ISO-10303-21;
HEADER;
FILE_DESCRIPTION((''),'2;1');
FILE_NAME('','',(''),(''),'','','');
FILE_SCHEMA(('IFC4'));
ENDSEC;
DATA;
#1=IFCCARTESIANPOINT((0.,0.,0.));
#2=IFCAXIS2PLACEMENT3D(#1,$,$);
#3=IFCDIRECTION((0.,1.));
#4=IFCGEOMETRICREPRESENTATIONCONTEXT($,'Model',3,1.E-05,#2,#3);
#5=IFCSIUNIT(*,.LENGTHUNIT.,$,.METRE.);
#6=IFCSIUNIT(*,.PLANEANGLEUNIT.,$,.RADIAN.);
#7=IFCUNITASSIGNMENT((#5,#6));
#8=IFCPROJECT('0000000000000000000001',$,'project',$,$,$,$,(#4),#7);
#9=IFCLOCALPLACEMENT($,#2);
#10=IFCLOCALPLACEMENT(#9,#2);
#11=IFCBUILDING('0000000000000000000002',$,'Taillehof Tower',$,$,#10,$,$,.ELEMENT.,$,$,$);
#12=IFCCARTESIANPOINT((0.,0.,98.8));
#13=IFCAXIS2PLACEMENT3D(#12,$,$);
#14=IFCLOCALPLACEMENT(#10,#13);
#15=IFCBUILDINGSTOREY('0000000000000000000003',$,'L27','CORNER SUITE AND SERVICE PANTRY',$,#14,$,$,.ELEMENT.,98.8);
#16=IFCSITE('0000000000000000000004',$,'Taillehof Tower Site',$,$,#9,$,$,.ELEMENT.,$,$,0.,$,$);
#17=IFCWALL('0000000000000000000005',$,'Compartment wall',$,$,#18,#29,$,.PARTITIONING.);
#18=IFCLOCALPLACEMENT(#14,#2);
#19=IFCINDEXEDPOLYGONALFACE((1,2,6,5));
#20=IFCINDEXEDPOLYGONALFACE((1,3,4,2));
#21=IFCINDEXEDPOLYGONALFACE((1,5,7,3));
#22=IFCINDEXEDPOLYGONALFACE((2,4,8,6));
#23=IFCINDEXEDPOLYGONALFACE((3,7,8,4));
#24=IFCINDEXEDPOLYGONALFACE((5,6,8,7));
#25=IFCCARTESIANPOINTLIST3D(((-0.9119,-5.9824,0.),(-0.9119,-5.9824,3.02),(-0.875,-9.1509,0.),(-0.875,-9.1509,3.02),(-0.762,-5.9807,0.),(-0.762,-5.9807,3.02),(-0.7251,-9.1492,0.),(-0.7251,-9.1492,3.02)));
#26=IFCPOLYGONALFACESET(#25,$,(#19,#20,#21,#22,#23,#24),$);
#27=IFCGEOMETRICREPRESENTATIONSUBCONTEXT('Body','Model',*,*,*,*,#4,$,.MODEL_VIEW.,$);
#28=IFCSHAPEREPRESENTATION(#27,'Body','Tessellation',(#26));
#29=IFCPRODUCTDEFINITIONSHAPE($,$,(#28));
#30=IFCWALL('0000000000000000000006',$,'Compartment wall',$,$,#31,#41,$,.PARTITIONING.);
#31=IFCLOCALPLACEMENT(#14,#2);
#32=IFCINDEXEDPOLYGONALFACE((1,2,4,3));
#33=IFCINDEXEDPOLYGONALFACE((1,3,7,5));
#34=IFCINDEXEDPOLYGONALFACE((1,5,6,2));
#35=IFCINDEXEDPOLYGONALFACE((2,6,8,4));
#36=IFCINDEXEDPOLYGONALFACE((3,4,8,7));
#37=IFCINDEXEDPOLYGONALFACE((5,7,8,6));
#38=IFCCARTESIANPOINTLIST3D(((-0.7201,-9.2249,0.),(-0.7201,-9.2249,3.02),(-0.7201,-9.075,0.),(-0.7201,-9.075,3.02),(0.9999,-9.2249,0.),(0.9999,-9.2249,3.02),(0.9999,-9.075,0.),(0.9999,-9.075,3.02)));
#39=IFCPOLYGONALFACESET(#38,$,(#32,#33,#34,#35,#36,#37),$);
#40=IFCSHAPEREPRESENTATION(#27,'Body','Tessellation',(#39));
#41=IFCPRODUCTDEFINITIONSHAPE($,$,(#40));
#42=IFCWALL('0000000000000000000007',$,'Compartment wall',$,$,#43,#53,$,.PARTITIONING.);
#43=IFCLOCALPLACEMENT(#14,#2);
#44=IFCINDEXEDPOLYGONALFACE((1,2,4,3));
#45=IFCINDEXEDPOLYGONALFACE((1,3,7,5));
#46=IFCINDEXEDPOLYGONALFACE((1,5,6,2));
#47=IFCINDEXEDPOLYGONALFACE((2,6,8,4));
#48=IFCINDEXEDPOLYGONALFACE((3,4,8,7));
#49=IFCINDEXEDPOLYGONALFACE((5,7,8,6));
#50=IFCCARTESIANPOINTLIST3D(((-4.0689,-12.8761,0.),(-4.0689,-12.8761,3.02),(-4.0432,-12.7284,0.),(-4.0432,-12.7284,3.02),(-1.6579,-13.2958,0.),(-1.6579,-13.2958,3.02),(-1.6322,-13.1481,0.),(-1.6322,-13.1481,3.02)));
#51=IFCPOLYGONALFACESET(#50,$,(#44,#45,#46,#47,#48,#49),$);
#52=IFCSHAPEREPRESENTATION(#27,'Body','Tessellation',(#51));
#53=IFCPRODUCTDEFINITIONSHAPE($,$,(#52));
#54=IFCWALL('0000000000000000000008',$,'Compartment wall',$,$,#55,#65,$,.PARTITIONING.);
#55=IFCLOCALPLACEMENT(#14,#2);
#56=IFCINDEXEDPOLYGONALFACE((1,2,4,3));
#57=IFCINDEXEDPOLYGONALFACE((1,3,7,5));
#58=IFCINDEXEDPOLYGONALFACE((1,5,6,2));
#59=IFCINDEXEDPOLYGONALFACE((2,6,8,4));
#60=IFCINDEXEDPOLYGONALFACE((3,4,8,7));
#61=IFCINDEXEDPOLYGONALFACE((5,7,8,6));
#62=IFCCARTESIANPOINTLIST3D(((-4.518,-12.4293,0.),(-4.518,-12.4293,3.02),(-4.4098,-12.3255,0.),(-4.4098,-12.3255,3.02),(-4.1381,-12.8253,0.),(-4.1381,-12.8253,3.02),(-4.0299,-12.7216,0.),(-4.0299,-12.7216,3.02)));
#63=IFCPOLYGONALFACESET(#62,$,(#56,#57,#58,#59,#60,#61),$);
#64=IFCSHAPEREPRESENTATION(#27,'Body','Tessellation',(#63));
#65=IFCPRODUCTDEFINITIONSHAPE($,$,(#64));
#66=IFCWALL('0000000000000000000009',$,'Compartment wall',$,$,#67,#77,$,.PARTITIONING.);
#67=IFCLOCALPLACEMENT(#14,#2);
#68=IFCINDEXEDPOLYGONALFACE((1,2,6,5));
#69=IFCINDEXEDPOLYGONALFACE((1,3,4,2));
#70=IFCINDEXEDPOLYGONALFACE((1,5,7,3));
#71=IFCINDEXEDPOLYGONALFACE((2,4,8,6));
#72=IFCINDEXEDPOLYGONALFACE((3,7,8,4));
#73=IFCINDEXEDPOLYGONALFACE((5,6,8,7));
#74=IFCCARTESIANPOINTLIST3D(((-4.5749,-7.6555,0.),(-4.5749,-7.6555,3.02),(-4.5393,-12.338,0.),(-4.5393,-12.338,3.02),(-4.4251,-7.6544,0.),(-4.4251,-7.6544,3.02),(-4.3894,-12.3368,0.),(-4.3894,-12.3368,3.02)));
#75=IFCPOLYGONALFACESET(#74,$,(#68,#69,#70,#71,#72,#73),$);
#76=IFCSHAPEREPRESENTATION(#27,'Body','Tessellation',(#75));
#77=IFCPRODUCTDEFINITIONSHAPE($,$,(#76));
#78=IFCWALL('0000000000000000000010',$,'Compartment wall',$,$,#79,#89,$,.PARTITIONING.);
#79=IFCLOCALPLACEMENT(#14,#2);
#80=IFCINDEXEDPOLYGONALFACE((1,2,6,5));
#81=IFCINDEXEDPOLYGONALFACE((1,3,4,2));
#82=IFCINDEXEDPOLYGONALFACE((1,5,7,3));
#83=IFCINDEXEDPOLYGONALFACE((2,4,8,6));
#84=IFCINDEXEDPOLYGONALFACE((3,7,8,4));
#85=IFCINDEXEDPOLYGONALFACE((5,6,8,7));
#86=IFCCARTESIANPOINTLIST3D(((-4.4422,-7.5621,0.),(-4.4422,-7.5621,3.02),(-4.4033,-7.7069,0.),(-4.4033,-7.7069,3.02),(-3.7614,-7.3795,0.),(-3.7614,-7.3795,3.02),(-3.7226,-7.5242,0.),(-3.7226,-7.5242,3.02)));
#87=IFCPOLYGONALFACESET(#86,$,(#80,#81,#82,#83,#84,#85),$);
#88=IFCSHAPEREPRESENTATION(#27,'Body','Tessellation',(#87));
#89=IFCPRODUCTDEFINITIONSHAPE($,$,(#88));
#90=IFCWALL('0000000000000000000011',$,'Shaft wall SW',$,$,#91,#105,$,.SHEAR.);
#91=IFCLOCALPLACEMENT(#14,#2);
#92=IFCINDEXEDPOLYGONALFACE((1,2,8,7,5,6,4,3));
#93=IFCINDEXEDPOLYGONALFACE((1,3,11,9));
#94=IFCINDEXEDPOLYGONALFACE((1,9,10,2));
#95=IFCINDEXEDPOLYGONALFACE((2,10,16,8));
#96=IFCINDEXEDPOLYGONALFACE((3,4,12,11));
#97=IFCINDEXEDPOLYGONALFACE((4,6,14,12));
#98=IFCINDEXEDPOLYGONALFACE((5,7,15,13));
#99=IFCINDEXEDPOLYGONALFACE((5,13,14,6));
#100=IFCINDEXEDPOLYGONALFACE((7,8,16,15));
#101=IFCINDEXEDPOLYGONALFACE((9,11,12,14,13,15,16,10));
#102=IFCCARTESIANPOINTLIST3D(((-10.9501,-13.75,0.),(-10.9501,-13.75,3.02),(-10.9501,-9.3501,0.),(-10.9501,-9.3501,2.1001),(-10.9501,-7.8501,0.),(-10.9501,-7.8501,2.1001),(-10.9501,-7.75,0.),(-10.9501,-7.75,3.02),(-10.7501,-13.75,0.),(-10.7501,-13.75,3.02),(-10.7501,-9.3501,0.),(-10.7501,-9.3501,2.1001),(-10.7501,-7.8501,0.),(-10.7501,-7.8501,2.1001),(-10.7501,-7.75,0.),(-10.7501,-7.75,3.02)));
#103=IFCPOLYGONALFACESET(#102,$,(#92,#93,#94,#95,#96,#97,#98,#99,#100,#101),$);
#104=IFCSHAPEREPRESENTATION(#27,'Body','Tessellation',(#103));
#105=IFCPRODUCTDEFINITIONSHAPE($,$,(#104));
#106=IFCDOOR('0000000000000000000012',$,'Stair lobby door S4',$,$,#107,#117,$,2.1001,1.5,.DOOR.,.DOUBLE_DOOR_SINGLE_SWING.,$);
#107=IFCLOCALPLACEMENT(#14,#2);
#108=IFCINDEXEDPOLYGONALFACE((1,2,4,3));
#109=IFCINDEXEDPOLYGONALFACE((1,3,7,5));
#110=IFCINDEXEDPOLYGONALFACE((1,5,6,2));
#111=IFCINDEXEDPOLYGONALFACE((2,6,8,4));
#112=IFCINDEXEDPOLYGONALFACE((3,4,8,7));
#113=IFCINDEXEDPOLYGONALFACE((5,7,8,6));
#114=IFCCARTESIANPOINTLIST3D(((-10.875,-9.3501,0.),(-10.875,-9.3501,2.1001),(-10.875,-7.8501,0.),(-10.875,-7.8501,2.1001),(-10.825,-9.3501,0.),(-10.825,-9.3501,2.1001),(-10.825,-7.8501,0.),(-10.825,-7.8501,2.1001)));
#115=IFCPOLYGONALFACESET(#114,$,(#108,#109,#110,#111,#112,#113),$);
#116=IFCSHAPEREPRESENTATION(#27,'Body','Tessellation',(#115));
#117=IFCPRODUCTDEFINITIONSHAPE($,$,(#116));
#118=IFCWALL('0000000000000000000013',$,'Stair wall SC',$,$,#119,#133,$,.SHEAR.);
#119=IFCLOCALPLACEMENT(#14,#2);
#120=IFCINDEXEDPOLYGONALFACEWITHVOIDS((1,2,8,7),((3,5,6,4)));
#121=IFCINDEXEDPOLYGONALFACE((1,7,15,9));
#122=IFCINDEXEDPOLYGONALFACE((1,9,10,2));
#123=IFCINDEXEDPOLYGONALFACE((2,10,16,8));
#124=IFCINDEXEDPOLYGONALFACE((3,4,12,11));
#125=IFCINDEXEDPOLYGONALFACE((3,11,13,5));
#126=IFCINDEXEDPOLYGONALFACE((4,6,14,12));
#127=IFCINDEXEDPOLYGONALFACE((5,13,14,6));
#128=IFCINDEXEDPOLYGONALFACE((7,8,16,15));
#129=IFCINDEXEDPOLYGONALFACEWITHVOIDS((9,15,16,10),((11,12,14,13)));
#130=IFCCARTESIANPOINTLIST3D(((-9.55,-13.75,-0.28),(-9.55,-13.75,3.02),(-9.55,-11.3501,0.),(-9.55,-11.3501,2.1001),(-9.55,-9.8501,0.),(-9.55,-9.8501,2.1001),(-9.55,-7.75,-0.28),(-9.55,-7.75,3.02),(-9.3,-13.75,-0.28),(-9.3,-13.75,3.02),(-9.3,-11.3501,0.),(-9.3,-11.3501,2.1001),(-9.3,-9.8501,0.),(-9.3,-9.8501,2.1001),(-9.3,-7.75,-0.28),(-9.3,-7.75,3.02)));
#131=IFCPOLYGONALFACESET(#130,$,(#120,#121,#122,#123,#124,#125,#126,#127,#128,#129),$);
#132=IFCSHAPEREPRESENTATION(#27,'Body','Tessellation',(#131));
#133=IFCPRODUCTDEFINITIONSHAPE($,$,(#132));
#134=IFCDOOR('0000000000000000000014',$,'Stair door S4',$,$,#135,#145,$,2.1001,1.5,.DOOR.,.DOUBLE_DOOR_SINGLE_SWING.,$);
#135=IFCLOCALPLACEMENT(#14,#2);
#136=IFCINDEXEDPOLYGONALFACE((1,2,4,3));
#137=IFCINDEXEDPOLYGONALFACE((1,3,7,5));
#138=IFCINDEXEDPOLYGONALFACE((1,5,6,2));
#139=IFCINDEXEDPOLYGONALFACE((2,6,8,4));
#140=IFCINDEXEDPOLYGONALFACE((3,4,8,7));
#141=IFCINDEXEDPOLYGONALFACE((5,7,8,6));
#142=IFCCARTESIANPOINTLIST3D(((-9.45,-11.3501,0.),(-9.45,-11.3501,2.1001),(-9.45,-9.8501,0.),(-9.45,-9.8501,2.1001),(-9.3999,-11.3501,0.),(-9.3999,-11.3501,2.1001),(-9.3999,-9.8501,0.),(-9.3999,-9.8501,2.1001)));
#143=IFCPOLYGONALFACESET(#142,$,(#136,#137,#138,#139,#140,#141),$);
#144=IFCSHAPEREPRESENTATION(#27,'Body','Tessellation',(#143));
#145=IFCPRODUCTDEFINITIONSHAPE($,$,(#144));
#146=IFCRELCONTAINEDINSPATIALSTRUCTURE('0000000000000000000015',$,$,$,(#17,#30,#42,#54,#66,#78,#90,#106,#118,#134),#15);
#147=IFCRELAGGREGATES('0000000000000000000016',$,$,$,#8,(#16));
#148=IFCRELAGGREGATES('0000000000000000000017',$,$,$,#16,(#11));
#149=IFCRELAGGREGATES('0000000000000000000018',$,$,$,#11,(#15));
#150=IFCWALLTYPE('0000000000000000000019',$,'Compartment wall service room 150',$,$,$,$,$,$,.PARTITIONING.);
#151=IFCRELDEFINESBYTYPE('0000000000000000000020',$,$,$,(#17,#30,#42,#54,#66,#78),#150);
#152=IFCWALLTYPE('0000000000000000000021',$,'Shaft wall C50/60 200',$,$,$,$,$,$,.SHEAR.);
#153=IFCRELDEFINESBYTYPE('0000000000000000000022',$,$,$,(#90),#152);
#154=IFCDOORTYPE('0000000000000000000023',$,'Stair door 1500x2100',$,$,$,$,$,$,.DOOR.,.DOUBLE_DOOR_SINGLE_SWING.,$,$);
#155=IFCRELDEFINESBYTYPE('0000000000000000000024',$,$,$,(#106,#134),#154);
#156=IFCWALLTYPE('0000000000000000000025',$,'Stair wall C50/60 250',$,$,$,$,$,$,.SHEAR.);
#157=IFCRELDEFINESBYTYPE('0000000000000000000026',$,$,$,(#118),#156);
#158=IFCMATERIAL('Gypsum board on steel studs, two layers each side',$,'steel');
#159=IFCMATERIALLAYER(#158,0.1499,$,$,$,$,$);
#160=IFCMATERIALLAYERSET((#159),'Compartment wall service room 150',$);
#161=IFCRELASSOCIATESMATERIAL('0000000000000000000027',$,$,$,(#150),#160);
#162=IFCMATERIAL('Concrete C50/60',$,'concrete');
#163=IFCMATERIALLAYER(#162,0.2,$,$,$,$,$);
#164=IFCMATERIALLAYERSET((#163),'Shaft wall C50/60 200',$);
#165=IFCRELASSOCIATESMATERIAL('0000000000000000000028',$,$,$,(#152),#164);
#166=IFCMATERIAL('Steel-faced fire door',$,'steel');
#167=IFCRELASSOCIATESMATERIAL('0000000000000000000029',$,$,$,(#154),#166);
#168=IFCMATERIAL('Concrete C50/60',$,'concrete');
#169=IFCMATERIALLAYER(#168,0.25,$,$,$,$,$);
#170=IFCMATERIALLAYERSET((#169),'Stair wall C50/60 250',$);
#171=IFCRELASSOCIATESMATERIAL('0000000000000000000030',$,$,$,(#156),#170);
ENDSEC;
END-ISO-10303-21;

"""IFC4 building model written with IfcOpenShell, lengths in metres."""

from ifc_helpers import new_model, si_unit, direction, frame, frame_2d, origin, place, context, subcontext, project, spatial, rectangle, extrude, material, layer, layer_set, type_object, element, fill, save


model = new_model("IFC4")

# Units and contexts
model_context = context("Model", 3, precision=1e-05, world=origin(), true_north=direction((0.0, 1.0)))
body_context = subcontext(model_context, "Body", "Model", "MODEL_VIEW")
ifc_project = project(units=[si_unit("LENGTHUNIT", "METRE"), si_unit("PLANEANGLEUNIT", "RADIAN")], contexts=[model_context])

# Site, building, storey
site_placement = place(None, origin())
site = spatial("IfcSite", under=ifc_project, at=site_placement, Name="Taillehof Tower Site", CompositionType="ELEMENT", RefElevation=0.0)
building_placement = place(site_placement, origin())
building = spatial("IfcBuilding", under=site, at=building_placement, Name="Taillehof Tower", CompositionType="ELEMENT")
storey_placement = place(building_placement, frame((0.0, 0.0, 98.8)))
storey = spatial("IfcBuildingStorey", under=building, at=storey_placement, Name="L27", Description="CORNER SUITE AND SERVICE PANTRY", CompositionType="ELEMENT", Elevation=98.8)

# Shared definitions
ifc_material_1 = material(Name="Gypsum board on steel studs, two layers each side", Category="steel")
ifc_layer_1 = layer(ifc_material_1, 0.1499)
ifc_layer_set_1 = layer_set([ifc_layer_1], Name="Compartment wall service room 150")
wall_type_1 = type_object("IfcWallType", Name="Compartment wall service room 150", PredefinedType="PARTITIONING", material=ifc_layer_set_1)

# Walls
wall_1_placement = place(storey_placement, frame((-0.8369, -5.9814, 0.0), z_axis=(0.0, 0.0, 1.0), x_axis=(0.011634, -0.999932, 0.0)))
element("IfcWall", 1, at=wall_1_placement, inside=storey, type_object=wall_type_1, Name="Compartment wall", PredefinedType="PARTITIONING", context=body_context, shape_type="SweptSolid", body=[
    extrude(rectangle(XDim=3.1687, YDim=0.1499, at=frame_2d((1.5845, 0.0))), origin(), (0.0, 0.0, 1.0), 3.02),
])
wall_2_placement = place(storey_placement, frame((-0.72, -9.1499, 0.0), z_axis=(0.0, 0.0, 1.0), x_axis=(1.0, 0.0, 0.0)))
element("IfcWall", 2, at=wall_2_placement, inside=storey, type_object=wall_type_1, Name="Compartment wall", PredefinedType="PARTITIONING", context=body_context, shape_type="SweptSolid", body=[
    extrude(rectangle(XDim=1.72, YDim=0.1499, at=frame_2d((0.8599, 0.0))), origin(), (0.0, 0.0, 1.0), 3.02),
])
wall_3_placement = place(storey_placement, frame((-1.645, -13.2219, 0.0), z_axis=(0.0, 0.0, 1.0), x_axis=(-0.985188, 0.17148, 0.0)))
element("IfcWall", 3, at=wall_3_placement, inside=storey, type_object=wall_type_1, Name="Compartment wall", PredefinedType="PARTITIONING", context=body_context, shape_type="SweptSolid", body=[
    extrude(rectangle(XDim=2.4473, YDim=0.1499, at=frame_2d((1.2236, 0.0))), origin(), (0.0, 0.0, 1.0), 3.02),
])
wall_4_placement = place(storey_placement, frame((-4.084, -12.7734, 0.0), z_axis=(0.0, 0.0, 1.0), x_axis=(-0.692272, 0.721636, 0.0)))
element("IfcWall", 4, at=wall_4_placement, inside=storey, type_object=wall_type_1, Name="Compartment wall", PredefinedType="PARTITIONING", context=body_context, shape_type="SweptSolid", body=[
    extrude(rectangle(XDim=0.5488, YDim=0.1499, at=frame_2d((0.2744, 0.0))), origin(), (0.0, 0.0, 1.0), 3.02),
])
wall_5_placement = place(storey_placement, frame((-4.4644, -12.3374, 0.0), z_axis=(0.0, 0.0, 1.0), x_axis=(-0.007612, 0.999971, 0.0)))
element("IfcWall", 5, at=wall_5_placement, inside=storey, type_object=wall_type_1, Name="Compartment wall", PredefinedType="PARTITIONING", context=body_context, shape_type="SweptSolid", body=[
    extrude(rectangle(XDim=4.6826, YDim=0.1499, at=frame_2d((2.3413, 0.0))), origin(), (0.0, 0.0, 1.0), 3.02),
])
wall_6_placement = place(storey_placement, frame((-4.4229, -7.6345, 0.0), z_axis=(0.0, 0.0, 1.0), x_axis=(0.965843, 0.259129, 0.0)))
element("IfcWall", 6, at=wall_6_placement, inside=storey, type_object=wall_type_1, Name="Compartment wall", PredefinedType="PARTITIONING", context=body_context, shape_type="SweptSolid", body=[
    extrude(rectangle(XDim=0.7048, YDim=0.1499, at=frame_2d((0.3525, 0.0))), origin(), (0.0, 0.0, 1.0), 3.02),
])

# Walls, openings, doors
ifc_material_2 = material(Name="Concrete C50/60", Category="concrete")
ifc_layer_2 = layer(ifc_material_2, 0.2)
ifc_layer_set_2 = layer_set([ifc_layer_2], Name="Shaft wall C50/60 200")
wall_type_2 = type_object("IfcWallType", Name="Shaft wall C50/60 200", PredefinedType="SHEAR", material=ifc_layer_set_2)
wall_7_placement = place(storey_placement, frame((-10.8501, -13.75, 0.0), z_axis=(0.0, 0.0, 1.0), x_axis=(0.0, 1.0, 0.0)))
wall_7 = element("IfcWall", 7, at=wall_7_placement, inside=storey, type_object=wall_type_2, Name="Shaft wall SW", PredefinedType="SHEAR", context=body_context, shape_type="SweptSolid", body=[
    extrude(rectangle(XDim=6.0, YDim=0.2, at=frame_2d((3.0, 0.0))), origin(), (0.0, 0.0, 1.0), 3.02),
])
opening_1_placement = place(wall_7_placement, frame((4.3999, 0.0, 0.0)))
opening_1 = element("IfcOpeningElement", 8, at=opening_1_placement, cuts=wall_7, PredefinedType="OPENING", context=body_context, shape_type="SweptSolid", body=[
    extrude(rectangle(XDim=1.5, YDim=2.1001, at=frame_2d((0.75, 1.05))), frame((0.0, 0.1099, 0.0), z_axis=(0.0, -1.0, 0.0), x_axis=(1.0, 0.0, 0.0)), (0.0, 0.0, 1.0), 0.22),
])
ifc_material_3 = material(Name="Steel-faced fire door", Category="steel")
door_type_1 = type_object("IfcDoorType", Name="Stair door 1500x2100", OperationType="DOUBLE_DOOR_SINGLE_SWING", PredefinedType="DOOR", material=ifc_material_3)
door_1_placement = place(opening_1_placement, origin())
door_1 = element("IfcDoor", 9, at=door_1_placement, inside=storey, type_object=door_type_1, Name="Stair lobby door S4", OperationType="DOUBLE_DOOR_SINGLE_SWING", OverallHeight=2.1001, OverallWidth=1.5, PredefinedType="DOOR", context=body_context, shape_type="SweptSolid", body=[
    extrude(rectangle(XDim=1.5, YDim=2.1001, at=frame_2d((0.75, 1.05))), frame((0.0, 0.0249, 0.0), z_axis=(0.0, -1.0, 0.0), x_axis=(1.0, 0.0, 0.0)), (0.0, 0.0, 1.0), 0.05),
])
fill(opening_1, door_1)
ifc_material_4 = material(Name="Concrete C50/60", Category="concrete")
ifc_layer_3 = layer(ifc_material_4, 0.25)
ifc_layer_set_3 = layer_set([ifc_layer_3], Name="Stair wall C50/60 250")
wall_type_3 = type_object("IfcWallType", Name="Stair wall C50/60 250", PredefinedType="SHEAR", material=ifc_layer_set_3)
wall_8_placement = place(storey_placement, frame((-9.425, -13.75, -0.28), z_axis=(0.0, 0.0, 1.0), x_axis=(0.0, 1.0, 0.0)))
wall_8 = element("IfcWall", 10, at=wall_8_placement, inside=storey, type_object=wall_type_3, Name="Stair wall SC", PredefinedType="SHEAR", context=body_context, shape_type="SweptSolid", body=[
    extrude(rectangle(XDim=6.0, YDim=0.25, at=frame_2d((3.0, 0.0))), origin(), (0.0, 0.0, 1.0), 3.3),
])
opening_2_placement = place(wall_8_placement, frame((2.3999, 0.0, 0.28)))
opening_2 = element("IfcOpeningElement", 11, at=opening_2_placement, cuts=wall_8, PredefinedType="OPENING", context=body_context, shape_type="SweptSolid", body=[
    extrude(rectangle(XDim=1.5, YDim=2.1001, at=frame_2d((0.75, 1.05))), frame((0.0, 0.135, 0.0), z_axis=(0.0, -1.0, 0.0), x_axis=(1.0, 0.0, 0.0)), (0.0, 0.0, 1.0), 0.27),
])
door_2_placement = place(opening_2_placement, origin())
door_2 = element("IfcDoor", 12, at=door_2_placement, inside=storey, type_object=door_type_1, Name="Stair door S4", OperationType="DOUBLE_DOOR_SINGLE_SWING", OverallHeight=2.1001, OverallWidth=1.5, PredefinedType="DOOR", context=body_context, shape_type="SweptSolid", body=[
    extrude(rectangle(XDim=1.5, YDim=2.1001, at=frame_2d((0.75, 1.05))), frame((0.0, 0.0249, 0.0), z_axis=(0.0, -1.0, 0.0), x_axis=(1.0, 0.0, 0.0)), (0.0, 0.0, 1.0), 0.05),
])
fill(opening_2, door_2)

save(model, "model.ifc")
